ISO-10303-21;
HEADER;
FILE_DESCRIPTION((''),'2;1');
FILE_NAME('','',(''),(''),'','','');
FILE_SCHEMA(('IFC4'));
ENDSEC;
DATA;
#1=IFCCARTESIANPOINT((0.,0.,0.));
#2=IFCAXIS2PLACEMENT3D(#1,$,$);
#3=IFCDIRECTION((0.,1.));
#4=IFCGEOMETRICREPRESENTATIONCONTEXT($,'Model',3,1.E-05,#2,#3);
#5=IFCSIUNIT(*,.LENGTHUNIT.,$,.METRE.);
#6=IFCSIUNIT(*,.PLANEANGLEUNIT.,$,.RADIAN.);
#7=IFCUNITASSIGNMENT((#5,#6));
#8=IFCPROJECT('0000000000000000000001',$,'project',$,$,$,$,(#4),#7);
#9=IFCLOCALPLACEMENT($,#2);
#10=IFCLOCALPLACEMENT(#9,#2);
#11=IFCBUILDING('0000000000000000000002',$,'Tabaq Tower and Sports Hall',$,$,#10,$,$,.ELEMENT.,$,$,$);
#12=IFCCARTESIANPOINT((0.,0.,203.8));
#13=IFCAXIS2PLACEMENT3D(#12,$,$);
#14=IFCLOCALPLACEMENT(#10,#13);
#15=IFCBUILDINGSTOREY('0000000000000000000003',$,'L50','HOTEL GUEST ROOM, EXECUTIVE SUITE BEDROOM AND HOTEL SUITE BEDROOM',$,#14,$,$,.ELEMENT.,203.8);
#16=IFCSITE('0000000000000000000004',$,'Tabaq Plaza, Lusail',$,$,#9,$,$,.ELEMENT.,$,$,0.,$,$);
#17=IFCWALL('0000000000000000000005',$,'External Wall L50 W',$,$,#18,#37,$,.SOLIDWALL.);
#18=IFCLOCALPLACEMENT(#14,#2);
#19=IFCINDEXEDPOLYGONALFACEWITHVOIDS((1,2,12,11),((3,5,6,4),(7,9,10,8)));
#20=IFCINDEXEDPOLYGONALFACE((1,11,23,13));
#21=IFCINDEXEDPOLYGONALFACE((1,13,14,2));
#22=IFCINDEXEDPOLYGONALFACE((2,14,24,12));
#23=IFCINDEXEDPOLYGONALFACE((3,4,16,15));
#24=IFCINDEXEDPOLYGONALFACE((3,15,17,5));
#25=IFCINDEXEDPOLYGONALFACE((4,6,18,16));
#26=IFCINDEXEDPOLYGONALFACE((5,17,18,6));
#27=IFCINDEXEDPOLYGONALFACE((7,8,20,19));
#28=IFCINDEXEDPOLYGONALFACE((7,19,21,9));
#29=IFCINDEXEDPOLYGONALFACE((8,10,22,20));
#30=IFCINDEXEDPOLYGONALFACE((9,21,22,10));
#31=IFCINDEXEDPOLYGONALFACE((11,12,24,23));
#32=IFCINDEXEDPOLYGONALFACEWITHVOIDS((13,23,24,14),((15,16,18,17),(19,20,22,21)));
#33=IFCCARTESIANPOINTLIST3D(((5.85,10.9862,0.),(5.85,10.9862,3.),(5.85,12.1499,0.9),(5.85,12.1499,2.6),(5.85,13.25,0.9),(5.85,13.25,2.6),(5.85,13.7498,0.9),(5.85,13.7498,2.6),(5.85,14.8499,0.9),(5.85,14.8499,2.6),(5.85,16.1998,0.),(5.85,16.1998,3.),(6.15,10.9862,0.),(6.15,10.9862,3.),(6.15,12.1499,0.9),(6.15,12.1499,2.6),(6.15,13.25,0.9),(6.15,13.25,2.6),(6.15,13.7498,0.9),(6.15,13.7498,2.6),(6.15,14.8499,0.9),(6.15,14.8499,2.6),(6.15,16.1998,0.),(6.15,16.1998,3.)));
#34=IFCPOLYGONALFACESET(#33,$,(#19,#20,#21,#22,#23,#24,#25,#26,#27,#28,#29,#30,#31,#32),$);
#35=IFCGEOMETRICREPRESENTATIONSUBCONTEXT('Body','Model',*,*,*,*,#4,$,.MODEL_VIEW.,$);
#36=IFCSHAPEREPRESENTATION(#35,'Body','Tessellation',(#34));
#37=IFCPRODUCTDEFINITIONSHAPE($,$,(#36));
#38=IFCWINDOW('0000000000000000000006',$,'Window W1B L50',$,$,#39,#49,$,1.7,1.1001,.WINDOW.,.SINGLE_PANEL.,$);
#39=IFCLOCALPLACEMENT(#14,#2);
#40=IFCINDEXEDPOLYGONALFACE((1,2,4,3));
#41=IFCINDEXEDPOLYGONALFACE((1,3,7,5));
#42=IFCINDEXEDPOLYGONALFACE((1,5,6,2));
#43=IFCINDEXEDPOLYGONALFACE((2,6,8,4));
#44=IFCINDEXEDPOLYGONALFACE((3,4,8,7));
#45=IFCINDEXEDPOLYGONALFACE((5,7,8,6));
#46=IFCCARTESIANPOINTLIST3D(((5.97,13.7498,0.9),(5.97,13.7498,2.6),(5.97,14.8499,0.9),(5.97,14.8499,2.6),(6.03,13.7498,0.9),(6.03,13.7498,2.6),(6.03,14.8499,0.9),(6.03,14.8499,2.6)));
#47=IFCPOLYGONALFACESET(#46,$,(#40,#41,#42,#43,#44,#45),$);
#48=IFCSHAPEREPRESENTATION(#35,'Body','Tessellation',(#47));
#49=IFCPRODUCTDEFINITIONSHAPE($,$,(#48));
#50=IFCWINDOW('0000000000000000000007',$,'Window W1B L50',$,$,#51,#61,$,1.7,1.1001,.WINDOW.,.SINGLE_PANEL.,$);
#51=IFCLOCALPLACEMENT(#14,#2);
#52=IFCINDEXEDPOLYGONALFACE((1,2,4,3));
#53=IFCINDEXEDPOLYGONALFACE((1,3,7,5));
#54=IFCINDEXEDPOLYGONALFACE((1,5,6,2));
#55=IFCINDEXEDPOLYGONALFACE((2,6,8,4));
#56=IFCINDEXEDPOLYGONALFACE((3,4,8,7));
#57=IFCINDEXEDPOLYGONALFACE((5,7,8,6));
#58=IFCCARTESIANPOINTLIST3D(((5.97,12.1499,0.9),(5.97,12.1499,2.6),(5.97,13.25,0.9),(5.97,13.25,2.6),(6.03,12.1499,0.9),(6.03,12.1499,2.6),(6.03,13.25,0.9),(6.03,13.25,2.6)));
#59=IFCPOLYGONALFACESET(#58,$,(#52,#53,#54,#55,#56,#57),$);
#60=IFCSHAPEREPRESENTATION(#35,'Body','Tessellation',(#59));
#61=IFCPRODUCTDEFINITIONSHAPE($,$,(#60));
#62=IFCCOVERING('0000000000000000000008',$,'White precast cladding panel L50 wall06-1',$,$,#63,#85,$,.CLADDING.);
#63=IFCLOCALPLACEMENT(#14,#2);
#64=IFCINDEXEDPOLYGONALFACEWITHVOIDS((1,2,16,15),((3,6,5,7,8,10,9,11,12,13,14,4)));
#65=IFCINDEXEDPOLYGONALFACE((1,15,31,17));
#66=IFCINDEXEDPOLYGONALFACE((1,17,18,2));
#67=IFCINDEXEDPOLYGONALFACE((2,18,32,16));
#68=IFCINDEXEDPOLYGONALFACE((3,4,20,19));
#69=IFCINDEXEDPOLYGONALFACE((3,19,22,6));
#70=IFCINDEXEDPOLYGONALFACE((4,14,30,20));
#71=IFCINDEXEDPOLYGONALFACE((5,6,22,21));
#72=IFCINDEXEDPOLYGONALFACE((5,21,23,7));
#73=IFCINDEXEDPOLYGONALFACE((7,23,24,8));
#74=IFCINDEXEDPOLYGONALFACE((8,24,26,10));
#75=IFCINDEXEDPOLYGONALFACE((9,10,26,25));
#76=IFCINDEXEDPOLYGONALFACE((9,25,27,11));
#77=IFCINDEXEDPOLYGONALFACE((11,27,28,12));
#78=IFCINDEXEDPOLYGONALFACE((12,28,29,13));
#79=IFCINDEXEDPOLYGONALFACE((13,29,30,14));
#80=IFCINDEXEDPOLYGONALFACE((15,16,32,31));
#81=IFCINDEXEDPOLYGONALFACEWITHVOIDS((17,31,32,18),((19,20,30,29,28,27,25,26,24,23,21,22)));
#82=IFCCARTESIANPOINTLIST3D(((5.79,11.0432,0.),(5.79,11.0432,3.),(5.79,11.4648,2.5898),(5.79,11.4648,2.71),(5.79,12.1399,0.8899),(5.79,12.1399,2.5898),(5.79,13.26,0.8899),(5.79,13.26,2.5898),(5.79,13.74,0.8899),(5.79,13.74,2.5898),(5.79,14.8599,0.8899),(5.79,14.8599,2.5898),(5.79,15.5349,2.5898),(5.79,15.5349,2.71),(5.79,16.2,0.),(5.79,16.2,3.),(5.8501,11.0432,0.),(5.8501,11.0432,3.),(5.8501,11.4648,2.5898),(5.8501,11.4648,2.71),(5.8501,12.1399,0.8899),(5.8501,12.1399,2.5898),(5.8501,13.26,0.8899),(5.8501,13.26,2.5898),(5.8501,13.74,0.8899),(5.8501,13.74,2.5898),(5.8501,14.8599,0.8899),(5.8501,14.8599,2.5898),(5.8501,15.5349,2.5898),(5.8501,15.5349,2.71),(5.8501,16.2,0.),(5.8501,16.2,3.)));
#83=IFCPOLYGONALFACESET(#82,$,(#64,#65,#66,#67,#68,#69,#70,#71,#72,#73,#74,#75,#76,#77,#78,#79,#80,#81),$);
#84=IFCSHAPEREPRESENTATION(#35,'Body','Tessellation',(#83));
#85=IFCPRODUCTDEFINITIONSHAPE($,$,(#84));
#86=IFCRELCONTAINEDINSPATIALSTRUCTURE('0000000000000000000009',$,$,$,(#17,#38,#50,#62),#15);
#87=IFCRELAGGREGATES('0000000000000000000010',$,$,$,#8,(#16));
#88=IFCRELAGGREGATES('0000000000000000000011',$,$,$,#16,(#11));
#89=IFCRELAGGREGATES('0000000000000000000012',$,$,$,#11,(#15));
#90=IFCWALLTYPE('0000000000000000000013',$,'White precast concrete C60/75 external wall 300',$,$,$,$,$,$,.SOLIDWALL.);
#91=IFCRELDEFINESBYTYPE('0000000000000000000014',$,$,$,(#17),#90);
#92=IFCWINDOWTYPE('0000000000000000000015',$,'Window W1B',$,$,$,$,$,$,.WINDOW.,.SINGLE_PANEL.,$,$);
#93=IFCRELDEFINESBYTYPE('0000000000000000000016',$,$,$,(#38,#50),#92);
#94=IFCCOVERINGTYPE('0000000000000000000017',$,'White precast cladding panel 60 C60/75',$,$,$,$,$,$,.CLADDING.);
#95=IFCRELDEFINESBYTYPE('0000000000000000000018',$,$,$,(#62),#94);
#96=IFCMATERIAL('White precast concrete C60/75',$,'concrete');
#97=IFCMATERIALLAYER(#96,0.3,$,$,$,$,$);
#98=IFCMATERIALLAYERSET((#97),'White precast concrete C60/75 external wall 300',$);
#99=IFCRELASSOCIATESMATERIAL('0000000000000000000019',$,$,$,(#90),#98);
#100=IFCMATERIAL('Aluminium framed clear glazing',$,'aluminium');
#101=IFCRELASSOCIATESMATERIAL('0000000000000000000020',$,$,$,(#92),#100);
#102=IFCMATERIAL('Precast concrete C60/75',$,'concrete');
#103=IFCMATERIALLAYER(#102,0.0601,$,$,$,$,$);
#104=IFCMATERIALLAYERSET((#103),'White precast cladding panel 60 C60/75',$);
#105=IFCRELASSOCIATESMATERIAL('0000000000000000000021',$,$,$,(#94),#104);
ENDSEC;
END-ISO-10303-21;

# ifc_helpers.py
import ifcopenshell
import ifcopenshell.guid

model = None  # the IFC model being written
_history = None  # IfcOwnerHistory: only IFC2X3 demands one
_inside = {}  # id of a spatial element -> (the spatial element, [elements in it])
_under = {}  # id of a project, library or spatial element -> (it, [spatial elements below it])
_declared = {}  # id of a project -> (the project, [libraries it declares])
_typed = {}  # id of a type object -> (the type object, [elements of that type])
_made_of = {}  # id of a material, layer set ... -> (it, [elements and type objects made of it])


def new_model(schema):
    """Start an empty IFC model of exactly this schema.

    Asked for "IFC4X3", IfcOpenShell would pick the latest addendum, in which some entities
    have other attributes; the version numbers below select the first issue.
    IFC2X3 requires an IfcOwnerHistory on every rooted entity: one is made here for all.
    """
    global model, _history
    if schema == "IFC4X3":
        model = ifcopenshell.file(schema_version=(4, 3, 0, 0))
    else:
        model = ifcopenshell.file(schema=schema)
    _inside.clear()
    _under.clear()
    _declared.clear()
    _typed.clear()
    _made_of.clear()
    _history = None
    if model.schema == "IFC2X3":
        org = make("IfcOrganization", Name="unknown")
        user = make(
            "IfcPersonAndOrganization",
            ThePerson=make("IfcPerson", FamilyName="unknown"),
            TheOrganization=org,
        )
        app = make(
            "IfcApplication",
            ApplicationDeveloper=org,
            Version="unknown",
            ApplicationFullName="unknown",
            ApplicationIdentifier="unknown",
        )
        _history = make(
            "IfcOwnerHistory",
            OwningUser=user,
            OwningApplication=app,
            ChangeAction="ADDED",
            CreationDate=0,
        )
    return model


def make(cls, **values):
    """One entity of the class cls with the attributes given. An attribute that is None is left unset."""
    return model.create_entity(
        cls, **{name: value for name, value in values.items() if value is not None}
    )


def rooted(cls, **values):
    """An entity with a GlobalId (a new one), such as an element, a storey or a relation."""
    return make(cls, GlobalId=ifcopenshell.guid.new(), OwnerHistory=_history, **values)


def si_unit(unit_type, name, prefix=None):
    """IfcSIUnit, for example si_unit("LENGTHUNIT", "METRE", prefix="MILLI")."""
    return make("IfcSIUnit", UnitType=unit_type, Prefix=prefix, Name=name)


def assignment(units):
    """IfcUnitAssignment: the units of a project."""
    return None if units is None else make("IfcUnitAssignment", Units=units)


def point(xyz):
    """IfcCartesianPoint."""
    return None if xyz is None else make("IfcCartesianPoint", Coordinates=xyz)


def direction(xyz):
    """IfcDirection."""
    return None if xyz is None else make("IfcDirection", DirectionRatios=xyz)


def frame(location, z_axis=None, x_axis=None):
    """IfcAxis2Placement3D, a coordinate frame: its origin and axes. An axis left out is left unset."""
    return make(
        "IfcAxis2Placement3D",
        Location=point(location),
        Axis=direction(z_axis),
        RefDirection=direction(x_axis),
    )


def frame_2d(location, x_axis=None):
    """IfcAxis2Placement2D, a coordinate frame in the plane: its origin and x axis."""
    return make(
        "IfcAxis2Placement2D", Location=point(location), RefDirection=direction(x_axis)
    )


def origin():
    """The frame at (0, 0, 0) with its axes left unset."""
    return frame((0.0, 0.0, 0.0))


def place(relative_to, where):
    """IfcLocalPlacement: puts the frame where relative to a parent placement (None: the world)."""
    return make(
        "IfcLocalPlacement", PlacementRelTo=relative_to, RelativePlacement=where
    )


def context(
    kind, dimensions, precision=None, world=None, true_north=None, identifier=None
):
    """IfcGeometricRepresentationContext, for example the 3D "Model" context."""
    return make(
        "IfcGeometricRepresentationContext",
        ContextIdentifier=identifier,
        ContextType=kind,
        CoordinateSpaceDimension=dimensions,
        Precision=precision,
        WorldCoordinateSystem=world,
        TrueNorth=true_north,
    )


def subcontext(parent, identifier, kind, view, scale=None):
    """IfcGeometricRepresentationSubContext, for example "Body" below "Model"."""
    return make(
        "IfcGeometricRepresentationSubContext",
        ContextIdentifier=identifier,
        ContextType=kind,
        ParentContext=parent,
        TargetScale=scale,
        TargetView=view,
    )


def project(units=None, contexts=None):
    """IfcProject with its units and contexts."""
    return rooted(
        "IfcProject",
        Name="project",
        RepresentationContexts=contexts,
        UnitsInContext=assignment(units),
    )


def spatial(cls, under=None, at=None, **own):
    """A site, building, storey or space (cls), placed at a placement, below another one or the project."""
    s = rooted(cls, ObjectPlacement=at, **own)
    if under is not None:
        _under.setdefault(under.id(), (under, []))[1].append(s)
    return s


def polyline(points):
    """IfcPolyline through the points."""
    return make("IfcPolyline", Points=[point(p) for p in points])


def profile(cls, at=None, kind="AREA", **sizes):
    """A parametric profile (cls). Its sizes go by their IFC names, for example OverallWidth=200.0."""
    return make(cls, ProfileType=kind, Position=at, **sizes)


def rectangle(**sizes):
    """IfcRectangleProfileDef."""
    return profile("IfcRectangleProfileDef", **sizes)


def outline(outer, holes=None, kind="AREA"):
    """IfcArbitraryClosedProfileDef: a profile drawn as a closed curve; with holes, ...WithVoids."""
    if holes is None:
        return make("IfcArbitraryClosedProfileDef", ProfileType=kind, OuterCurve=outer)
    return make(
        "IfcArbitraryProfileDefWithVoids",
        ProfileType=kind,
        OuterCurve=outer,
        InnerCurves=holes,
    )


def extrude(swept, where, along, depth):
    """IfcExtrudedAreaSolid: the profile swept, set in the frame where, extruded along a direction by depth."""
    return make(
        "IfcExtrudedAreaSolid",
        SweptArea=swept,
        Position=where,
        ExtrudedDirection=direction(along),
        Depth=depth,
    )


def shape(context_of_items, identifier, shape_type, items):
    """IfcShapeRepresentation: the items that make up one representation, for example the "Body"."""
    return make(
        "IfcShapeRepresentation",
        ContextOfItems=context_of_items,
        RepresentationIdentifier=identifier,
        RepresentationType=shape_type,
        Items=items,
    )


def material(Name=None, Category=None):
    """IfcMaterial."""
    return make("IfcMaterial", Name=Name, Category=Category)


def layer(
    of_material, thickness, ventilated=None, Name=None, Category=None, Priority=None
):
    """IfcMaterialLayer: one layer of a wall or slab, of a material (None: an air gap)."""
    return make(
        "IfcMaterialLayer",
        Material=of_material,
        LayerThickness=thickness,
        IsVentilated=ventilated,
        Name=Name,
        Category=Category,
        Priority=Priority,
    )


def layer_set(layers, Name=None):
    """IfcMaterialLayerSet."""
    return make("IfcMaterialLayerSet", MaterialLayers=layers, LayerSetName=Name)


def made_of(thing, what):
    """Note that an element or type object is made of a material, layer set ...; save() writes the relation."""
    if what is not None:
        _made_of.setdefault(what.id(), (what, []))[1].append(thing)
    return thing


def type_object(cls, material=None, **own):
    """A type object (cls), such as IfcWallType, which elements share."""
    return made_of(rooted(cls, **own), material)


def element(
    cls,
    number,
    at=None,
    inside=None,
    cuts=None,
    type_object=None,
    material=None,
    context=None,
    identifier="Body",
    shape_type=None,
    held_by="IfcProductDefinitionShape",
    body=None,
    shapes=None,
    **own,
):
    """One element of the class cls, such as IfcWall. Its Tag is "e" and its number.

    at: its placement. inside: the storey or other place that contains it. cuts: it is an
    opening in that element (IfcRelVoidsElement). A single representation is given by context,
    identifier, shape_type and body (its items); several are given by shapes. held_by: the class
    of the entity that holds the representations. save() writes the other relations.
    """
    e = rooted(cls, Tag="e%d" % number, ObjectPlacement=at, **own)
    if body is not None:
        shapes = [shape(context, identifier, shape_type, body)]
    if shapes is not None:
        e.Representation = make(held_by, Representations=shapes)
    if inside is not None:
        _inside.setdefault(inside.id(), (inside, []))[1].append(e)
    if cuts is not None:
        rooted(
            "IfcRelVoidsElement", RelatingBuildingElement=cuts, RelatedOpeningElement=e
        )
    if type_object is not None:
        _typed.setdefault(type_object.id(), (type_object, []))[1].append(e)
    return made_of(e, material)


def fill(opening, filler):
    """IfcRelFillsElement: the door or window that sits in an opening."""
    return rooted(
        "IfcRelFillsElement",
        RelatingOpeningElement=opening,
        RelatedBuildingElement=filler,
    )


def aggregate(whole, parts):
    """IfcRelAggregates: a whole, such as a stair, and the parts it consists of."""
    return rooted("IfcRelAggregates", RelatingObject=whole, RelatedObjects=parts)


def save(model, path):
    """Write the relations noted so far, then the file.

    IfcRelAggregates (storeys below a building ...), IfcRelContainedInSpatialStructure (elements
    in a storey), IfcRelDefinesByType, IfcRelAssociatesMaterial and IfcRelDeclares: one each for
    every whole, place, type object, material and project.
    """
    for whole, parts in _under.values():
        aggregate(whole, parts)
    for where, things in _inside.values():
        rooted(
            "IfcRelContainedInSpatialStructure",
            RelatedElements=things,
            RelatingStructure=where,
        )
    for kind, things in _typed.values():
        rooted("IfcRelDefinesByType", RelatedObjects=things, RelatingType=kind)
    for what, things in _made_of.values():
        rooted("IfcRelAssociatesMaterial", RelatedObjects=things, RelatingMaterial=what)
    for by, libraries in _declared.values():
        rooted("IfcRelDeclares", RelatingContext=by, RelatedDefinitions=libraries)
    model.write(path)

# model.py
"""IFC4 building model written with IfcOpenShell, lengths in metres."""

from ifc_helpers import new_model, si_unit, direction, frame, frame_2d, origin, place, context, subcontext, project, spatial, polyline, rectangle, outline, extrude, material, layer, layer_set, type_object, element, fill, save


model = new_model("IFC4")

# Units and contexts
model_context = context("Model", 3, precision=1e-05, world=origin(), true_north=direction((0.0, 1.0)))
body_context = subcontext(model_context, "Body", "Model", "MODEL_VIEW")
ifc_project = project(units=[si_unit("LENGTHUNIT", "METRE"), si_unit("PLANEANGLEUNIT", "RADIAN")], contexts=[model_context])

# Site, building, storey
site_placement = place(None, origin())
site = spatial("IfcSite", under=ifc_project, at=site_placement, Name="Tabaq Plaza, Lusail", CompositionType="ELEMENT", RefElevation=0.0)
building_placement = place(site_placement, origin())
building = spatial("IfcBuilding", under=site, at=building_placement, Name="Tabaq Tower and Sports Hall", CompositionType="ELEMENT")
storey_placement = place(building_placement, frame((0.0, 0.0, 203.8)))
storey = spatial("IfcBuildingStorey", under=building, at=storey_placement, Name="L50", Description="HOTEL GUEST ROOM, EXECUTIVE SUITE BEDROOM AND HOTEL SUITE BEDROOM", CompositionType="ELEMENT", Elevation=203.8)

# Wall, openings, windows
ifc_material_1 = material(Name="White precast concrete C60/75", Category="concrete")
ifc_layer_1 = layer(ifc_material_1, 0.3)
ifc_layer_set_1 = layer_set([ifc_layer_1], Name="White precast concrete C60/75 external wall 300")
wall_type_1 = type_object("IfcWallType", Name="White precast concrete C60/75 external wall 300", PredefinedType="SOLIDWALL", material=ifc_layer_set_1)
wall_1_placement = place(storey_placement, frame((6.0, 16.2, 0.0), z_axis=(0.0, 0.0, 1.0), x_axis=(0.0, -1.0, 0.0)))
wall_1 = element("IfcWall", 1, at=wall_1_placement, inside=storey, type_object=wall_type_1, Name="External Wall L50 W", PredefinedType="SOLIDWALL", context=body_context, shape_type="SweptSolid", body=[
    extrude(rectangle(XDim=5.2136, YDim=0.3, at=frame_2d((2.6069, 0.0))), origin(), (0.0, 0.0, 1.0), 3.0),
])
opening_1_placement = place(wall_1_placement, frame((1.3501, 0.0, 0.8999)))
opening_1 = element("IfcOpeningElement", 2, at=opening_1_placement, cuts=wall_1, PredefinedType="OPENING", context=body_context, shape_type="SweptSolid", body=[
    extrude(rectangle(XDim=1.1001, YDim=1.7, at=frame_2d((0.55, 0.8501))), frame((0.0, 0.1602, 0.0), z_axis=(0.0, -1.0, 0.0), x_axis=(1.0, 0.0, 0.0)), (0.0, 0.0, 1.0), 0.3201),
])
opening_2_placement = place(wall_1_placement, frame((2.95, 0.0, 0.8999)))
opening_2 = element("IfcOpeningElement", 3, at=opening_2_placement, cuts=wall_1, PredefinedType="OPENING", context=body_context, shape_type="SweptSolid", body=[
    extrude(rectangle(XDim=1.1001, YDim=1.7, at=frame_2d((0.55, 0.8501))), frame((0.0, 0.1602, 0.0), z_axis=(0.0, -1.0, 0.0), x_axis=(1.0, 0.0, 0.0)), (0.0, 0.0, 1.0), 0.3201),
])
ifc_material_2 = material(Name="Aluminium framed clear glazing", Category="aluminium")
window_type = type_object("IfcWindowType", Name="Window W1B", PartitioningType="SINGLE_PANEL", PredefinedType="WINDOW", material=ifc_material_2)
window_1_placement = place(opening_1_placement, origin())
window_1 = element("IfcWindow", 4, at=window_1_placement, inside=storey, type_object=window_type, Name="Window W1B L50", OverallHeight=1.7, OverallWidth=1.1001, PartitioningType="SINGLE_PANEL", PredefinedType="WINDOW", context=body_context, shape_type="SweptSolid", body=[
    extrude(rectangle(XDim=1.1001, YDim=1.7, at=frame_2d((0.55, 0.8501))), frame((0.0, 0.03, 0.0), z_axis=(0.0, -1.0, 0.0), x_axis=(1.0, 0.0, 0.0)), (0.0, 0.0, 1.0), 0.0601),
])
fill(opening_1, window_1)
window_2_placement = place(opening_2_placement, origin())
window_2 = element("IfcWindow", 5, at=window_2_placement, inside=storey, type_object=window_type, Name="Window W1B L50", OverallHeight=1.7, OverallWidth=1.1001, PartitioningType="SINGLE_PANEL", PredefinedType="WINDOW", context=body_context, shape_type="SweptSolid", body=[
    extrude(rectangle(XDim=1.1001, YDim=1.7, at=frame_2d((0.55, 0.8501))), frame((0.0, 0.03, 0.0), z_axis=(0.0, -1.0, 0.0), x_axis=(1.0, 0.0, 0.0)), (0.0, 0.0, 1.0), 0.0601),
])
fill(opening_2, window_2)

# Covering
ifc_material_3 = material(Name="Precast concrete C60/75", Category="concrete")
ifc_layer_2 = layer(ifc_material_3, 0.0601)
ifc_layer_set_2 = layer_set([ifc_layer_2], Name="White precast cladding panel 60 C60/75")
covering_type = type_object("IfcCoveringType", Name="White precast cladding panel 60 C60/75", PredefinedType="CLADDING", material=ifc_layer_set_2)
covering_placement = place(storey_placement, frame((5.8201, 16.2, 0.0), z_axis=(0.0, 0.0, 1.0), x_axis=(0.0, -1.0, 0.0)))
element("IfcCovering", 6, at=covering_placement, inside=storey, type_object=covering_type, Name="White precast cladding panel L50 wall06-1", PredefinedType="CLADDING", context=body_context, shape_type="SweptSolid", body=[
    extrude(outline(polyline([(0.0, 0.0), (5.1567, 0.0), (5.1567, 3.0), (0.0, 3.0), (0.0, 0.0)]), holes=[polyline([(1.3401, 2.5898), (0.665, 2.5898), (0.665, 2.71), (4.7351, 2.71), (4.7351, 2.5898), (4.0601, 2.5898), (4.0601, 0.8899), (2.9399, 0.8899), (2.9399, 2.5898), (2.46, 2.5898), (2.46, 0.8899), (1.3401, 0.8899), (1.3401, 2.5898)])]), frame((0.0, 0.03, 0.0), z_axis=(0.0, -1.0, 0.0), x_axis=(1.0, 0.0, 0.0)), (0.0, 0.0, 1.0), 0.0601),
])

save(model, "model.ifc")
